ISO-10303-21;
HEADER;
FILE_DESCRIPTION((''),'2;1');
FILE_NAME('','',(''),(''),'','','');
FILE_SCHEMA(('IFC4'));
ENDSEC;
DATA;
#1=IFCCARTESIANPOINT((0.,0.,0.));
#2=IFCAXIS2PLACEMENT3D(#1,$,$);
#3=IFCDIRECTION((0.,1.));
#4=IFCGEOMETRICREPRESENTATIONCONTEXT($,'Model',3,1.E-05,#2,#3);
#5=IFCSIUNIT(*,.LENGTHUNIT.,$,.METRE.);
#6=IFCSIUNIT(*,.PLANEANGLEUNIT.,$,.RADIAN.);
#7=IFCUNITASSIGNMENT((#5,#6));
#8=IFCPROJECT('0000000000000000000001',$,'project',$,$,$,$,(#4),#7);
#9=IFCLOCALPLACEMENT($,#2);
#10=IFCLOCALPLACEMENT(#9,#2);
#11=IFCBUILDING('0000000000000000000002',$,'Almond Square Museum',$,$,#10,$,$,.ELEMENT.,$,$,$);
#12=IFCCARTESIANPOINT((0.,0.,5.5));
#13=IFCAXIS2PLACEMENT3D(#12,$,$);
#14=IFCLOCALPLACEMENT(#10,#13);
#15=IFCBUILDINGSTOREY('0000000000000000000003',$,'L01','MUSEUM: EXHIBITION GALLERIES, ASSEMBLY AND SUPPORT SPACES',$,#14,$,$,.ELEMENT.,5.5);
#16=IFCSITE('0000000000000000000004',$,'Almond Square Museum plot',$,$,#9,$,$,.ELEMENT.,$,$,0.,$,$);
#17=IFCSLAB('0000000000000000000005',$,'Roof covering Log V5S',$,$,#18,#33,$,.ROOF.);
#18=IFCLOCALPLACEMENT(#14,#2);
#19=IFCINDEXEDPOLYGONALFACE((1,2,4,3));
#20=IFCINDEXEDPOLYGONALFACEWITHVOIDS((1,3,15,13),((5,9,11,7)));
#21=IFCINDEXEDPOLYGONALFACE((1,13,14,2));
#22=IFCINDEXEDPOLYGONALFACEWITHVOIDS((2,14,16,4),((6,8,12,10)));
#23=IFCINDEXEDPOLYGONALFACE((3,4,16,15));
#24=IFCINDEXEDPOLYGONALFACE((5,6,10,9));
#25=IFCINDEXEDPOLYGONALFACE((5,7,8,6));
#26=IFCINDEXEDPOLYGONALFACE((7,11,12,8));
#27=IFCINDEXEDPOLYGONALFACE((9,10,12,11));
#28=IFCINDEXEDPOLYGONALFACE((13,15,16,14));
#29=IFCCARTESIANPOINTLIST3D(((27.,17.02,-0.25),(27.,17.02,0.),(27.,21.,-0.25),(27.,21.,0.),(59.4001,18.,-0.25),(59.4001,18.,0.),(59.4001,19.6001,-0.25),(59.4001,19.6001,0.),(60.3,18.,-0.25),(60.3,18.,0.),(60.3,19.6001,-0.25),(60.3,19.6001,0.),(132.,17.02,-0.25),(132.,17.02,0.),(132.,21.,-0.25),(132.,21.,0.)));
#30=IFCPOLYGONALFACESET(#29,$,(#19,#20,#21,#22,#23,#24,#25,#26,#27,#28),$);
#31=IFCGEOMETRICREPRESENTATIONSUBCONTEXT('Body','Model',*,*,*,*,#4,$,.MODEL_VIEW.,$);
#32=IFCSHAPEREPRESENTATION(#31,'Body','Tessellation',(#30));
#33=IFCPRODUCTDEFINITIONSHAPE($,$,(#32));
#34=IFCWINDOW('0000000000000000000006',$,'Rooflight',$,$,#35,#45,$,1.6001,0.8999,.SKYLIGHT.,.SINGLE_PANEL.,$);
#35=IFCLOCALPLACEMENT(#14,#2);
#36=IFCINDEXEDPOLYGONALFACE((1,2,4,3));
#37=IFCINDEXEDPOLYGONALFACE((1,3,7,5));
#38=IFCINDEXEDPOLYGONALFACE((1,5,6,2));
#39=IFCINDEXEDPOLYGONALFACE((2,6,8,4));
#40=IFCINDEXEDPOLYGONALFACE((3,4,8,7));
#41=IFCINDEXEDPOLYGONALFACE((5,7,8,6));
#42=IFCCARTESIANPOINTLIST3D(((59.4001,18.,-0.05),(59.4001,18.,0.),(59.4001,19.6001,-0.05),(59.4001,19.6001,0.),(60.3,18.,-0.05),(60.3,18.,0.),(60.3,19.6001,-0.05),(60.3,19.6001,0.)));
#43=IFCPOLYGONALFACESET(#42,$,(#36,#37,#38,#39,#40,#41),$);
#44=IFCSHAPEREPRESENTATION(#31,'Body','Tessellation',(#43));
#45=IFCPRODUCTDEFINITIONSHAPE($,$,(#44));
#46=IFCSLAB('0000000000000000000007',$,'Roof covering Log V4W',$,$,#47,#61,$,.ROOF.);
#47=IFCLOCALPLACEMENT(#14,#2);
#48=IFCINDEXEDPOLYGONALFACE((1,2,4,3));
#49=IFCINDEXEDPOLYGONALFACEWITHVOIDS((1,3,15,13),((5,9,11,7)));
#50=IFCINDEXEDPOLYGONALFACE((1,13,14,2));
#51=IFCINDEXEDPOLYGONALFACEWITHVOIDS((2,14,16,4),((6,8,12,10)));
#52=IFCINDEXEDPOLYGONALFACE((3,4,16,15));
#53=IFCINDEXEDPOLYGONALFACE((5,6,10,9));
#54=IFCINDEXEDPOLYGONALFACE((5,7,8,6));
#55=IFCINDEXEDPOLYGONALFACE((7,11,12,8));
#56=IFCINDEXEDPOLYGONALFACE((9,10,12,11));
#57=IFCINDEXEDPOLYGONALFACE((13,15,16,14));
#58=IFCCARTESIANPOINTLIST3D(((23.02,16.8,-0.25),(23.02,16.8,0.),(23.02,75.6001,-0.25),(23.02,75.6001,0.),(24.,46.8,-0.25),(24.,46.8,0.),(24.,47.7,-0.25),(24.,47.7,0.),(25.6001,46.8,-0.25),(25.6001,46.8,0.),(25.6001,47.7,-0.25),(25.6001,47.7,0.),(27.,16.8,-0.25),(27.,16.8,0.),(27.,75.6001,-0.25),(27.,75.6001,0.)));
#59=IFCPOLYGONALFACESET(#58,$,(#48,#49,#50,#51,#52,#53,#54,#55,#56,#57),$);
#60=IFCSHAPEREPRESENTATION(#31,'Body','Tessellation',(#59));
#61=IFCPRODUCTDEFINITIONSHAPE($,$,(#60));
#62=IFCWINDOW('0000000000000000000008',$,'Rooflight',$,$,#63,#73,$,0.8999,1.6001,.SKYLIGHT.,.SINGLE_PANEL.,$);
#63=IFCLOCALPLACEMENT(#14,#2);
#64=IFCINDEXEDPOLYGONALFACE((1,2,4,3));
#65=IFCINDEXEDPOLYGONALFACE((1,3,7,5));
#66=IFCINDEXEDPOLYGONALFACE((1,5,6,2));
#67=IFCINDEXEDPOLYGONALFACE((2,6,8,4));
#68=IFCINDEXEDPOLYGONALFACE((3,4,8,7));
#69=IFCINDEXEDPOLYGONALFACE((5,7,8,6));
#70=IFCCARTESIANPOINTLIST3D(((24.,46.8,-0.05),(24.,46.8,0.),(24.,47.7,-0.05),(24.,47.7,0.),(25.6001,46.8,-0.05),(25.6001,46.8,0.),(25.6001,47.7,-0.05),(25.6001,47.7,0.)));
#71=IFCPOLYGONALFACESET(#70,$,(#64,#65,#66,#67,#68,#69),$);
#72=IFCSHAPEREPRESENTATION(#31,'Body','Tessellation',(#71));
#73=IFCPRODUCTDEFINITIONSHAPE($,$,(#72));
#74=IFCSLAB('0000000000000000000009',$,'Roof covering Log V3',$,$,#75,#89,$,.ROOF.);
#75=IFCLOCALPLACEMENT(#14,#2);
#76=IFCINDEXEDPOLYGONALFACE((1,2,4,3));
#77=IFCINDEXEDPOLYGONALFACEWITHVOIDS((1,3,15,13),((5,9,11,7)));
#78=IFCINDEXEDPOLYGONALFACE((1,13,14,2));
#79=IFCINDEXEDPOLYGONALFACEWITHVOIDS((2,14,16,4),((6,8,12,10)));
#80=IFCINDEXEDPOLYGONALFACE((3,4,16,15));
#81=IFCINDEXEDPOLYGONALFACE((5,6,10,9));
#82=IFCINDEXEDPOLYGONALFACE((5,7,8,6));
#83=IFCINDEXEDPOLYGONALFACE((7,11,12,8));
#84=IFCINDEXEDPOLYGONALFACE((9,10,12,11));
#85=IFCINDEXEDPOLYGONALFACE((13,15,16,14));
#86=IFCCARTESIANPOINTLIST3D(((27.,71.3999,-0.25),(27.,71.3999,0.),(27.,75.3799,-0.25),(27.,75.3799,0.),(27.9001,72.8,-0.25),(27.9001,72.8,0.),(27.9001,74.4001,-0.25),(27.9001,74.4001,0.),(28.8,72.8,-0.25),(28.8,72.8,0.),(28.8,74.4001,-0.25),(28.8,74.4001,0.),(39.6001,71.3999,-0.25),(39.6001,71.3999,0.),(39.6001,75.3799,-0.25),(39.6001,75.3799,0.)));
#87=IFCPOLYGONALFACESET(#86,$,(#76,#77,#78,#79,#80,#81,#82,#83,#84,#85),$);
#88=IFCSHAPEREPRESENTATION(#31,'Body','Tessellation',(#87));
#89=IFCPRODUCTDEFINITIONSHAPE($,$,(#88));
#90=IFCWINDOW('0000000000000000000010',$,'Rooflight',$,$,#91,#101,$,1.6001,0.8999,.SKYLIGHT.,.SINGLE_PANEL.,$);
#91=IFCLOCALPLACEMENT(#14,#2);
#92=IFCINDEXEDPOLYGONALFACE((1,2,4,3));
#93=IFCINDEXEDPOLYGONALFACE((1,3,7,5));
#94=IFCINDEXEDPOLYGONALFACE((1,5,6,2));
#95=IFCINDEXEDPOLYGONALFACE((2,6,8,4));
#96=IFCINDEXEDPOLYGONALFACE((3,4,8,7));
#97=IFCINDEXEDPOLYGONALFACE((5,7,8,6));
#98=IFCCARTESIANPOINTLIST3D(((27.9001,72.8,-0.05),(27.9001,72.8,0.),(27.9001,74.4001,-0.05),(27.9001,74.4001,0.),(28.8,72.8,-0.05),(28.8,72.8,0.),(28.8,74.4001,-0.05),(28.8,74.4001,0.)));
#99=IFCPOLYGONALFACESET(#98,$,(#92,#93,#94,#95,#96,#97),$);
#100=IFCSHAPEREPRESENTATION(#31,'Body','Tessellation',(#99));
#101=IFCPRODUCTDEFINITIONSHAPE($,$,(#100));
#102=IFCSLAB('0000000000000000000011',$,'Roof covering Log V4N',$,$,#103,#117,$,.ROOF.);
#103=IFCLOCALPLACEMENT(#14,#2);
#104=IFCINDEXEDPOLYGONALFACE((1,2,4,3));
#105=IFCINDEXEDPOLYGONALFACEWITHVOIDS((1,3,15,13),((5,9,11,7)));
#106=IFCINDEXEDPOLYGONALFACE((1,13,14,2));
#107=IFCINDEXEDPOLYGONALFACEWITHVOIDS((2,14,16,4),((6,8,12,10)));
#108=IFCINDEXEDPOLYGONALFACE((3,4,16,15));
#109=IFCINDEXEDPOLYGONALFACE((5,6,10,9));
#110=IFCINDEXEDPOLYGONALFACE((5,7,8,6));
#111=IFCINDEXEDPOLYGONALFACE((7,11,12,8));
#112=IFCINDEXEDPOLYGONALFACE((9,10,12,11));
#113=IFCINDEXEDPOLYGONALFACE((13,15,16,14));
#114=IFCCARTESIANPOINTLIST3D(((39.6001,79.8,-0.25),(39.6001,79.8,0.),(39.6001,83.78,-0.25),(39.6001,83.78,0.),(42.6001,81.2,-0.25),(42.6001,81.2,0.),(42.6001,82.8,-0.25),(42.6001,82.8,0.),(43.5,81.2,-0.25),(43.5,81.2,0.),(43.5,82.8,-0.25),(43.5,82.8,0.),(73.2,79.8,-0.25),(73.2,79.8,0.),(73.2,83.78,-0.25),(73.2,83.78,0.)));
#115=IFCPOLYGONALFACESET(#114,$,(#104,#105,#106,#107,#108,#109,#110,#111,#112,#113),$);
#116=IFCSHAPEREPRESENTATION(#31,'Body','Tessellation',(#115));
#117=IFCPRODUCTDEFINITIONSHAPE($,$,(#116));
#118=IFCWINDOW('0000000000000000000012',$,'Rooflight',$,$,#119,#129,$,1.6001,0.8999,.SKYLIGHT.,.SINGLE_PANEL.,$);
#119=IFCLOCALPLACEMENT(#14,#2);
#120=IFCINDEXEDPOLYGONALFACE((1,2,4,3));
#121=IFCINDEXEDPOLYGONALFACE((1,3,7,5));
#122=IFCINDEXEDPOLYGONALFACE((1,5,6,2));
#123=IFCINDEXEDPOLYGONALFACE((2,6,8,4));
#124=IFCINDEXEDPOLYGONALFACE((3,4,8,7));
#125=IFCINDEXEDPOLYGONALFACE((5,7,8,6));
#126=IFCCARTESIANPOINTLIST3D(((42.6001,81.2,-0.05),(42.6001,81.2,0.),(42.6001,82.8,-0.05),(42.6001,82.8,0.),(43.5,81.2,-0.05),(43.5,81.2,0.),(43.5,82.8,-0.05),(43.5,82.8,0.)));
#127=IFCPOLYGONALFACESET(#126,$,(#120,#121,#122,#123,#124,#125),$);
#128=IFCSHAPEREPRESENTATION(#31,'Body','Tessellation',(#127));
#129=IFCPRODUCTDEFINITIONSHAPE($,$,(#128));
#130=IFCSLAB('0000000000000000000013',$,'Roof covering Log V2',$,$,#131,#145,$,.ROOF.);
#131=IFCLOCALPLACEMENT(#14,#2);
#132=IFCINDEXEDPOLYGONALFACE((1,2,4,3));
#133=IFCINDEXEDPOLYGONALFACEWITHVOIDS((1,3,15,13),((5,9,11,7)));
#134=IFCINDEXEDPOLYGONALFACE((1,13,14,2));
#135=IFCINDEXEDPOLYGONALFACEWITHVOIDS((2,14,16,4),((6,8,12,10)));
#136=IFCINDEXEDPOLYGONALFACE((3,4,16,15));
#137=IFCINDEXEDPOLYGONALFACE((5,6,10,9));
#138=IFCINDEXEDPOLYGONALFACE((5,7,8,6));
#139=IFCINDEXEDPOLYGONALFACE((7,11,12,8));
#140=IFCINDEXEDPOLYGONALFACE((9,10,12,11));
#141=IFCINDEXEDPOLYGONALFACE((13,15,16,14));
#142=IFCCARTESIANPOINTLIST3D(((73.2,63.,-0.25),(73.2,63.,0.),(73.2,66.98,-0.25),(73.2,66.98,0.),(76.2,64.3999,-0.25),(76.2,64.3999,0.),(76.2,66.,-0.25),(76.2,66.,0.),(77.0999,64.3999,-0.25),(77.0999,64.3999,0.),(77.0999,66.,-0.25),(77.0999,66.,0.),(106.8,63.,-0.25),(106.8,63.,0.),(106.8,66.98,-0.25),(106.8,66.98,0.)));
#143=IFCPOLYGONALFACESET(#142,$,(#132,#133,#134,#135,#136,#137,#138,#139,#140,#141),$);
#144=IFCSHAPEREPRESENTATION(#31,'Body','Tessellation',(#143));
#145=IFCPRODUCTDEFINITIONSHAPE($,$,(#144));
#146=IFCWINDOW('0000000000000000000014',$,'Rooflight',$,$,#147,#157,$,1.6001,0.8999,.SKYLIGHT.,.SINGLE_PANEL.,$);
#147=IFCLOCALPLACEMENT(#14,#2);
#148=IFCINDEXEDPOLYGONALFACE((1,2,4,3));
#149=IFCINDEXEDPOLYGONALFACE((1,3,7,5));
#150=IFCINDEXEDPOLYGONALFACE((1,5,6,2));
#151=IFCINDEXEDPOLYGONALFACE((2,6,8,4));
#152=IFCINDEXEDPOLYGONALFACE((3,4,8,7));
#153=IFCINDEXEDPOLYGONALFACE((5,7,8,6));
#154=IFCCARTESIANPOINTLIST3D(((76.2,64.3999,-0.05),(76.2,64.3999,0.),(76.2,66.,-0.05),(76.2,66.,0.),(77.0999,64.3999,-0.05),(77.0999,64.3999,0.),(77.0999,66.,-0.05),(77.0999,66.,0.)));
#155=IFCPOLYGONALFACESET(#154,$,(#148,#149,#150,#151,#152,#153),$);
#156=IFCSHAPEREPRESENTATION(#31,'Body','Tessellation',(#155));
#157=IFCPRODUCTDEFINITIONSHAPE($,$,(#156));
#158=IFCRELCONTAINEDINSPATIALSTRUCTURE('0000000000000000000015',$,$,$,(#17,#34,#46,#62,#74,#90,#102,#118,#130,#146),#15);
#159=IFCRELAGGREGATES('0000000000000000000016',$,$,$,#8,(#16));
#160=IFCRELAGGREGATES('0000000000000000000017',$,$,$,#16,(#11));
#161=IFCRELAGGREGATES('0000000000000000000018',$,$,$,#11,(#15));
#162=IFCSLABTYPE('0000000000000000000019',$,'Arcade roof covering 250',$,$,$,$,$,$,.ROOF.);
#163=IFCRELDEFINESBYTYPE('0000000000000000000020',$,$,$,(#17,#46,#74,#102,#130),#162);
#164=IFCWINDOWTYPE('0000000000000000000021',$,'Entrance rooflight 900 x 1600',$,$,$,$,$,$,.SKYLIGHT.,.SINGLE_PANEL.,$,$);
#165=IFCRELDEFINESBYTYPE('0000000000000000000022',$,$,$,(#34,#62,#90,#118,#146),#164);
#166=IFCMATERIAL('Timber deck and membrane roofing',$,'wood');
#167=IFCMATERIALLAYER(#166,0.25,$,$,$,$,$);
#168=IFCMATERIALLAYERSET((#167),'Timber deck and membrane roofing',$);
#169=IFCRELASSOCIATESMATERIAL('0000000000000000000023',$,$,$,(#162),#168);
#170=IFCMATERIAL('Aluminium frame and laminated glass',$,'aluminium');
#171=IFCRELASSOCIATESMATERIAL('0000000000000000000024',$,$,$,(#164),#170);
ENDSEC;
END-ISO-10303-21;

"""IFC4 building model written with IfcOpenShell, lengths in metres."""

from ifc_helpers import new_model, si_unit, direction, frame, origin, origin_2d, place, context, subcontext, project, spatial, polyline, rectangle, outline, extrude, material, layer, layer_set, type_object, element, fill, save


model = new_model("IFC4")

# Units and contexts
model_context = context("Model", 3, precision=1e-05, world=origin(), true_north=direction((0.0, 1.0)))
body_context = subcontext(model_context, "Body", "Model", "MODEL_VIEW")
ifc_project = project(units=[si_unit("LENGTHUNIT", "METRE"), si_unit("PLANEANGLEUNIT", "RADIAN")], contexts=[model_context])

# Site, building, storey
site_placement = place(None, origin())
site = spatial("IfcSite", under=ifc_project, at=site_placement, Name="Almond Square Museum plot", CompositionType="ELEMENT", RefElevation=0.0)
building_placement = place(site_placement, origin())
building = spatial("IfcBuilding", under=site, at=building_placement, Name="Almond Square Museum", CompositionType="ELEMENT")
storey_placement = place(building_placement, frame((0.0, 0.0, 5.5)))
storey = spatial("IfcBuildingStorey", under=building, at=storey_placement, Name="L01", Description="MUSEUM: EXHIBITION GALLERIES, ASSEMBLY AND SUPPORT SPACES", CompositionType="ELEMENT", Elevation=5.5)

# Slabs, openings, windows
ifc_material_1 = material(Name="Timber deck and membrane roofing", Category="wood")
ifc_layer_1 = layer(ifc_material_1, 0.25)
ifc_layer_set_1 = layer_set([ifc_layer_1], Name="Timber deck and membrane roofing")
slab_type_1 = type_object("IfcSlabType", Name="Arcade roof covering 250", PredefinedType="ROOF", material=ifc_layer_set_1)
slab_1_placement = place(storey_placement, frame((0.0, 0.0, -0.25)))
slab_1 = element("IfcSlab", 1, at=slab_1_placement, inside=storey, type_object=slab_type_1, Name="Roof covering Log V5S", PredefinedType="ROOF", context=body_context, shape_type="SweptSolid", body=[
    extrude(outline(polyline([(132.0, 17.02), (132.0, 21.0), (27.0, 21.0), (27.0, 17.02), (132.0, 17.02)])), origin(), (0.0, 0.0, 1.0), 0.25),
])
opening_1_placement = place(slab_1_placement, frame((59.8501, 18.8, -0.01)))
opening_1 = element("IfcOpeningElement", 2, at=opening_1_placement, cuts=slab_1, PredefinedType="OPENING", context=body_context, shape_type="SweptSolid", body=[
    extrude(rectangle(XDim=0.8999, YDim=1.6001, at=origin_2d()), origin(), (0.0, 0.0, 1.0), 0.27),
])
ifc_material_2 = material(Name="Aluminium frame and laminated glass", Category="aluminium")
window_type = type_object("IfcWindowType", Name="Entrance rooflight 900 x 1600", PartitioningType="SINGLE_PANEL", PredefinedType="SKYLIGHT", material=ifc_material_2)
window_1_placement = place(opening_1_placement, frame((0.0, 0.0, 0.21)))
window_1 = element("IfcWindow", 3, at=window_1_placement, inside=storey, type_object=window_type, Name="Rooflight", OverallHeight=1.6001, OverallWidth=0.8999, PartitioningType="SINGLE_PANEL", PredefinedType="SKYLIGHT", context=body_context, shape_type="SweptSolid", body=[
    extrude(rectangle(XDim=0.8999, YDim=1.6001, at=origin_2d()), origin(), (0.0, 0.0, 1.0), 0.05),
])
fill(opening_1, window_1)
slab_2_placement = place(storey_placement, frame((0.0, 0.0, -0.25)))
slab_2 = element("IfcSlab", 4, at=slab_2_placement, inside=storey, type_object=slab_type_1, Name="Roof covering Log V4W", PredefinedType="ROOF", context=body_context, shape_type="SweptSolid", body=[
    extrude(outline(polyline([(27.0, 16.8), (27.0, 75.6001), (23.02, 75.6001), (23.02, 16.8), (27.0, 16.8)])), origin(), (0.0, 0.0, 1.0), 0.25),
])
opening_2_placement = place(slab_2_placement, frame((24.8, 47.25, -0.01)))
opening_2 = element("IfcOpeningElement", 5, at=opening_2_placement, cuts=slab_2, PredefinedType="OPENING", context=body_context, shape_type="SweptSolid", body=[
    extrude(rectangle(XDim=1.6001, YDim=0.8999, at=origin_2d()), origin(), (0.0, 0.0, 1.0), 0.27),
])
window_2_placement = place(opening_2_placement, frame((0.0, 0.0, 0.21)))
window_2 = element("IfcWindow", 6, at=window_2_placement, inside=storey, type_object=window_type, Name="Rooflight", OverallHeight=0.8999, OverallWidth=1.6001, PartitioningType="SINGLE_PANEL", PredefinedType="SKYLIGHT", context=body_context, shape_type="SweptSolid", body=[
    extrude(rectangle(XDim=1.6001, YDim=0.8999, at=origin_2d()), origin(), (0.0, 0.0, 1.0), 0.05),
])
fill(opening_2, window_2)
slab_3_placement = place(storey_placement, frame((0.0, 0.0, -0.25)))
slab_3 = element("IfcSlab", 7, at=slab_3_placement, inside=storey, type_object=slab_type_1, Name="Roof covering Log V3", PredefinedType="ROOF", context=body_context, shape_type="SweptSolid", body=[
    extrude(outline(polyline([(39.6001, 71.3999), (39.6001, 75.3799), (27.0, 75.3799), (27.0, 71.3999), (39.6001, 71.3999)])), origin(), (0.0, 0.0, 1.0), 0.25),
])
opening_3_placement = place(slab_3_placement, frame((28.3501, 73.6001, -0.01)))
opening_3 = element("IfcOpeningElement", 8, at=opening_3_placement, cuts=slab_3, PredefinedType="OPENING", context=body_context, shape_type="SweptSolid", body=[
    extrude(rectangle(XDim=0.8999, YDim=1.6001, at=origin_2d()), origin(), (0.0, 0.0, 1.0), 0.27),
])
window_3_placement = place(opening_3_placement, frame((0.0, 0.0, 0.21)))
window_3 = element("IfcWindow", 9, at=window_3_placement, inside=storey, type_object=window_type, Name="Rooflight", OverallHeight=1.6001, OverallWidth=0.8999, PartitioningType="SINGLE_PANEL", PredefinedType="SKYLIGHT", context=body_context, shape_type="SweptSolid", body=[
    extrude(rectangle(XDim=0.8999, YDim=1.6001, at=origin_2d()), origin(), (0.0, 0.0, 1.0), 0.05),
])
fill(opening_3, window_3)
slab_4_placement = place(storey_placement, frame((0.0, 0.0, -0.25)))
slab_4 = element("IfcSlab", 10, at=slab_4_placement, inside=storey, type_object=slab_type_1, Name="Roof covering Log V4N", PredefinedType="ROOF", context=body_context, shape_type="SweptSolid", body=[
    extrude(outline(polyline([(73.2, 79.8), (73.2, 83.78), (39.6001, 83.78), (39.6001, 79.8), (73.2, 79.8)])), origin(), (0.0, 0.0, 1.0), 0.25),
])
opening_4_placement = place(slab_4_placement, frame((43.05, 82.0, -0.01)))
opening_4 = element("IfcOpeningElement", 11, at=opening_4_placement, cuts=slab_4, PredefinedType="OPENING", context=body_context, shape_type="SweptSolid", body=[
    extrude(rectangle(XDim=0.8999, YDim=1.6001, at=origin_2d()), origin(), (0.0, 0.0, 1.0), 0.27),
])
window_4_placement = place(opening_4_placement, frame((0.0, 0.0, 0.21)))
window_4 = element("IfcWindow", 12, at=window_4_placement, inside=storey, type_object=window_type, Name="Rooflight", OverallHeight=1.6001, OverallWidth=0.8999, PartitioningType="SINGLE_PANEL", PredefinedType="SKYLIGHT", context=body_context, shape_type="SweptSolid", body=[
    extrude(rectangle(XDim=0.8999, YDim=1.6001, at=origin_2d()), origin(), (0.0, 0.0, 1.0), 0.05),
])
fill(opening_4, window_4)
slab_5_placement = place(storey_placement, frame((0.0, 0.0, -0.25)))
slab_5 = element("IfcSlab", 13, at=slab_5_placement, inside=storey, type_object=slab_type_1, Name="Roof covering Log V2", PredefinedType="ROOF", context=body_context, shape_type="SweptSolid", body=[
    extrude(outline(polyline([(106.8, 63.0), (106.8, 66.98), (73.2, 66.98), (73.2, 63.0), (106.8, 63.0)])), origin(), (0.0, 0.0, 1.0), 0.25),
])
opening_5_placement = place(slab_5_placement, frame((76.6499, 65.2, -0.01)))
opening_5 = element("IfcOpeningElement", 14, at=opening_5_placement, cuts=slab_5, PredefinedType="OPENING", context=body_context, shape_type="SweptSolid", body=[
    extrude(rectangle(XDim=0.8999, YDim=1.6001, at=origin_2d()), origin(), (0.0, 0.0, 1.0), 0.27),
])
window_5_placement = place(opening_5_placement, frame((0.0, 0.0, 0.21)))
window_5 = element("IfcWindow", 15, at=window_5_placement, inside=storey, type_object=window_type, Name="Rooflight", OverallHeight=1.6001, OverallWidth=0.8999, PartitioningType="SINGLE_PANEL", PredefinedType="SKYLIGHT", context=body_context, shape_type="SweptSolid", body=[
    extrude(rectangle(XDim=0.8999, YDim=1.6001, at=origin_2d()), origin(), (0.0, 0.0, 1.0), 0.05),
])
fill(opening_5, window_5)

save(model, "model.ifc")
